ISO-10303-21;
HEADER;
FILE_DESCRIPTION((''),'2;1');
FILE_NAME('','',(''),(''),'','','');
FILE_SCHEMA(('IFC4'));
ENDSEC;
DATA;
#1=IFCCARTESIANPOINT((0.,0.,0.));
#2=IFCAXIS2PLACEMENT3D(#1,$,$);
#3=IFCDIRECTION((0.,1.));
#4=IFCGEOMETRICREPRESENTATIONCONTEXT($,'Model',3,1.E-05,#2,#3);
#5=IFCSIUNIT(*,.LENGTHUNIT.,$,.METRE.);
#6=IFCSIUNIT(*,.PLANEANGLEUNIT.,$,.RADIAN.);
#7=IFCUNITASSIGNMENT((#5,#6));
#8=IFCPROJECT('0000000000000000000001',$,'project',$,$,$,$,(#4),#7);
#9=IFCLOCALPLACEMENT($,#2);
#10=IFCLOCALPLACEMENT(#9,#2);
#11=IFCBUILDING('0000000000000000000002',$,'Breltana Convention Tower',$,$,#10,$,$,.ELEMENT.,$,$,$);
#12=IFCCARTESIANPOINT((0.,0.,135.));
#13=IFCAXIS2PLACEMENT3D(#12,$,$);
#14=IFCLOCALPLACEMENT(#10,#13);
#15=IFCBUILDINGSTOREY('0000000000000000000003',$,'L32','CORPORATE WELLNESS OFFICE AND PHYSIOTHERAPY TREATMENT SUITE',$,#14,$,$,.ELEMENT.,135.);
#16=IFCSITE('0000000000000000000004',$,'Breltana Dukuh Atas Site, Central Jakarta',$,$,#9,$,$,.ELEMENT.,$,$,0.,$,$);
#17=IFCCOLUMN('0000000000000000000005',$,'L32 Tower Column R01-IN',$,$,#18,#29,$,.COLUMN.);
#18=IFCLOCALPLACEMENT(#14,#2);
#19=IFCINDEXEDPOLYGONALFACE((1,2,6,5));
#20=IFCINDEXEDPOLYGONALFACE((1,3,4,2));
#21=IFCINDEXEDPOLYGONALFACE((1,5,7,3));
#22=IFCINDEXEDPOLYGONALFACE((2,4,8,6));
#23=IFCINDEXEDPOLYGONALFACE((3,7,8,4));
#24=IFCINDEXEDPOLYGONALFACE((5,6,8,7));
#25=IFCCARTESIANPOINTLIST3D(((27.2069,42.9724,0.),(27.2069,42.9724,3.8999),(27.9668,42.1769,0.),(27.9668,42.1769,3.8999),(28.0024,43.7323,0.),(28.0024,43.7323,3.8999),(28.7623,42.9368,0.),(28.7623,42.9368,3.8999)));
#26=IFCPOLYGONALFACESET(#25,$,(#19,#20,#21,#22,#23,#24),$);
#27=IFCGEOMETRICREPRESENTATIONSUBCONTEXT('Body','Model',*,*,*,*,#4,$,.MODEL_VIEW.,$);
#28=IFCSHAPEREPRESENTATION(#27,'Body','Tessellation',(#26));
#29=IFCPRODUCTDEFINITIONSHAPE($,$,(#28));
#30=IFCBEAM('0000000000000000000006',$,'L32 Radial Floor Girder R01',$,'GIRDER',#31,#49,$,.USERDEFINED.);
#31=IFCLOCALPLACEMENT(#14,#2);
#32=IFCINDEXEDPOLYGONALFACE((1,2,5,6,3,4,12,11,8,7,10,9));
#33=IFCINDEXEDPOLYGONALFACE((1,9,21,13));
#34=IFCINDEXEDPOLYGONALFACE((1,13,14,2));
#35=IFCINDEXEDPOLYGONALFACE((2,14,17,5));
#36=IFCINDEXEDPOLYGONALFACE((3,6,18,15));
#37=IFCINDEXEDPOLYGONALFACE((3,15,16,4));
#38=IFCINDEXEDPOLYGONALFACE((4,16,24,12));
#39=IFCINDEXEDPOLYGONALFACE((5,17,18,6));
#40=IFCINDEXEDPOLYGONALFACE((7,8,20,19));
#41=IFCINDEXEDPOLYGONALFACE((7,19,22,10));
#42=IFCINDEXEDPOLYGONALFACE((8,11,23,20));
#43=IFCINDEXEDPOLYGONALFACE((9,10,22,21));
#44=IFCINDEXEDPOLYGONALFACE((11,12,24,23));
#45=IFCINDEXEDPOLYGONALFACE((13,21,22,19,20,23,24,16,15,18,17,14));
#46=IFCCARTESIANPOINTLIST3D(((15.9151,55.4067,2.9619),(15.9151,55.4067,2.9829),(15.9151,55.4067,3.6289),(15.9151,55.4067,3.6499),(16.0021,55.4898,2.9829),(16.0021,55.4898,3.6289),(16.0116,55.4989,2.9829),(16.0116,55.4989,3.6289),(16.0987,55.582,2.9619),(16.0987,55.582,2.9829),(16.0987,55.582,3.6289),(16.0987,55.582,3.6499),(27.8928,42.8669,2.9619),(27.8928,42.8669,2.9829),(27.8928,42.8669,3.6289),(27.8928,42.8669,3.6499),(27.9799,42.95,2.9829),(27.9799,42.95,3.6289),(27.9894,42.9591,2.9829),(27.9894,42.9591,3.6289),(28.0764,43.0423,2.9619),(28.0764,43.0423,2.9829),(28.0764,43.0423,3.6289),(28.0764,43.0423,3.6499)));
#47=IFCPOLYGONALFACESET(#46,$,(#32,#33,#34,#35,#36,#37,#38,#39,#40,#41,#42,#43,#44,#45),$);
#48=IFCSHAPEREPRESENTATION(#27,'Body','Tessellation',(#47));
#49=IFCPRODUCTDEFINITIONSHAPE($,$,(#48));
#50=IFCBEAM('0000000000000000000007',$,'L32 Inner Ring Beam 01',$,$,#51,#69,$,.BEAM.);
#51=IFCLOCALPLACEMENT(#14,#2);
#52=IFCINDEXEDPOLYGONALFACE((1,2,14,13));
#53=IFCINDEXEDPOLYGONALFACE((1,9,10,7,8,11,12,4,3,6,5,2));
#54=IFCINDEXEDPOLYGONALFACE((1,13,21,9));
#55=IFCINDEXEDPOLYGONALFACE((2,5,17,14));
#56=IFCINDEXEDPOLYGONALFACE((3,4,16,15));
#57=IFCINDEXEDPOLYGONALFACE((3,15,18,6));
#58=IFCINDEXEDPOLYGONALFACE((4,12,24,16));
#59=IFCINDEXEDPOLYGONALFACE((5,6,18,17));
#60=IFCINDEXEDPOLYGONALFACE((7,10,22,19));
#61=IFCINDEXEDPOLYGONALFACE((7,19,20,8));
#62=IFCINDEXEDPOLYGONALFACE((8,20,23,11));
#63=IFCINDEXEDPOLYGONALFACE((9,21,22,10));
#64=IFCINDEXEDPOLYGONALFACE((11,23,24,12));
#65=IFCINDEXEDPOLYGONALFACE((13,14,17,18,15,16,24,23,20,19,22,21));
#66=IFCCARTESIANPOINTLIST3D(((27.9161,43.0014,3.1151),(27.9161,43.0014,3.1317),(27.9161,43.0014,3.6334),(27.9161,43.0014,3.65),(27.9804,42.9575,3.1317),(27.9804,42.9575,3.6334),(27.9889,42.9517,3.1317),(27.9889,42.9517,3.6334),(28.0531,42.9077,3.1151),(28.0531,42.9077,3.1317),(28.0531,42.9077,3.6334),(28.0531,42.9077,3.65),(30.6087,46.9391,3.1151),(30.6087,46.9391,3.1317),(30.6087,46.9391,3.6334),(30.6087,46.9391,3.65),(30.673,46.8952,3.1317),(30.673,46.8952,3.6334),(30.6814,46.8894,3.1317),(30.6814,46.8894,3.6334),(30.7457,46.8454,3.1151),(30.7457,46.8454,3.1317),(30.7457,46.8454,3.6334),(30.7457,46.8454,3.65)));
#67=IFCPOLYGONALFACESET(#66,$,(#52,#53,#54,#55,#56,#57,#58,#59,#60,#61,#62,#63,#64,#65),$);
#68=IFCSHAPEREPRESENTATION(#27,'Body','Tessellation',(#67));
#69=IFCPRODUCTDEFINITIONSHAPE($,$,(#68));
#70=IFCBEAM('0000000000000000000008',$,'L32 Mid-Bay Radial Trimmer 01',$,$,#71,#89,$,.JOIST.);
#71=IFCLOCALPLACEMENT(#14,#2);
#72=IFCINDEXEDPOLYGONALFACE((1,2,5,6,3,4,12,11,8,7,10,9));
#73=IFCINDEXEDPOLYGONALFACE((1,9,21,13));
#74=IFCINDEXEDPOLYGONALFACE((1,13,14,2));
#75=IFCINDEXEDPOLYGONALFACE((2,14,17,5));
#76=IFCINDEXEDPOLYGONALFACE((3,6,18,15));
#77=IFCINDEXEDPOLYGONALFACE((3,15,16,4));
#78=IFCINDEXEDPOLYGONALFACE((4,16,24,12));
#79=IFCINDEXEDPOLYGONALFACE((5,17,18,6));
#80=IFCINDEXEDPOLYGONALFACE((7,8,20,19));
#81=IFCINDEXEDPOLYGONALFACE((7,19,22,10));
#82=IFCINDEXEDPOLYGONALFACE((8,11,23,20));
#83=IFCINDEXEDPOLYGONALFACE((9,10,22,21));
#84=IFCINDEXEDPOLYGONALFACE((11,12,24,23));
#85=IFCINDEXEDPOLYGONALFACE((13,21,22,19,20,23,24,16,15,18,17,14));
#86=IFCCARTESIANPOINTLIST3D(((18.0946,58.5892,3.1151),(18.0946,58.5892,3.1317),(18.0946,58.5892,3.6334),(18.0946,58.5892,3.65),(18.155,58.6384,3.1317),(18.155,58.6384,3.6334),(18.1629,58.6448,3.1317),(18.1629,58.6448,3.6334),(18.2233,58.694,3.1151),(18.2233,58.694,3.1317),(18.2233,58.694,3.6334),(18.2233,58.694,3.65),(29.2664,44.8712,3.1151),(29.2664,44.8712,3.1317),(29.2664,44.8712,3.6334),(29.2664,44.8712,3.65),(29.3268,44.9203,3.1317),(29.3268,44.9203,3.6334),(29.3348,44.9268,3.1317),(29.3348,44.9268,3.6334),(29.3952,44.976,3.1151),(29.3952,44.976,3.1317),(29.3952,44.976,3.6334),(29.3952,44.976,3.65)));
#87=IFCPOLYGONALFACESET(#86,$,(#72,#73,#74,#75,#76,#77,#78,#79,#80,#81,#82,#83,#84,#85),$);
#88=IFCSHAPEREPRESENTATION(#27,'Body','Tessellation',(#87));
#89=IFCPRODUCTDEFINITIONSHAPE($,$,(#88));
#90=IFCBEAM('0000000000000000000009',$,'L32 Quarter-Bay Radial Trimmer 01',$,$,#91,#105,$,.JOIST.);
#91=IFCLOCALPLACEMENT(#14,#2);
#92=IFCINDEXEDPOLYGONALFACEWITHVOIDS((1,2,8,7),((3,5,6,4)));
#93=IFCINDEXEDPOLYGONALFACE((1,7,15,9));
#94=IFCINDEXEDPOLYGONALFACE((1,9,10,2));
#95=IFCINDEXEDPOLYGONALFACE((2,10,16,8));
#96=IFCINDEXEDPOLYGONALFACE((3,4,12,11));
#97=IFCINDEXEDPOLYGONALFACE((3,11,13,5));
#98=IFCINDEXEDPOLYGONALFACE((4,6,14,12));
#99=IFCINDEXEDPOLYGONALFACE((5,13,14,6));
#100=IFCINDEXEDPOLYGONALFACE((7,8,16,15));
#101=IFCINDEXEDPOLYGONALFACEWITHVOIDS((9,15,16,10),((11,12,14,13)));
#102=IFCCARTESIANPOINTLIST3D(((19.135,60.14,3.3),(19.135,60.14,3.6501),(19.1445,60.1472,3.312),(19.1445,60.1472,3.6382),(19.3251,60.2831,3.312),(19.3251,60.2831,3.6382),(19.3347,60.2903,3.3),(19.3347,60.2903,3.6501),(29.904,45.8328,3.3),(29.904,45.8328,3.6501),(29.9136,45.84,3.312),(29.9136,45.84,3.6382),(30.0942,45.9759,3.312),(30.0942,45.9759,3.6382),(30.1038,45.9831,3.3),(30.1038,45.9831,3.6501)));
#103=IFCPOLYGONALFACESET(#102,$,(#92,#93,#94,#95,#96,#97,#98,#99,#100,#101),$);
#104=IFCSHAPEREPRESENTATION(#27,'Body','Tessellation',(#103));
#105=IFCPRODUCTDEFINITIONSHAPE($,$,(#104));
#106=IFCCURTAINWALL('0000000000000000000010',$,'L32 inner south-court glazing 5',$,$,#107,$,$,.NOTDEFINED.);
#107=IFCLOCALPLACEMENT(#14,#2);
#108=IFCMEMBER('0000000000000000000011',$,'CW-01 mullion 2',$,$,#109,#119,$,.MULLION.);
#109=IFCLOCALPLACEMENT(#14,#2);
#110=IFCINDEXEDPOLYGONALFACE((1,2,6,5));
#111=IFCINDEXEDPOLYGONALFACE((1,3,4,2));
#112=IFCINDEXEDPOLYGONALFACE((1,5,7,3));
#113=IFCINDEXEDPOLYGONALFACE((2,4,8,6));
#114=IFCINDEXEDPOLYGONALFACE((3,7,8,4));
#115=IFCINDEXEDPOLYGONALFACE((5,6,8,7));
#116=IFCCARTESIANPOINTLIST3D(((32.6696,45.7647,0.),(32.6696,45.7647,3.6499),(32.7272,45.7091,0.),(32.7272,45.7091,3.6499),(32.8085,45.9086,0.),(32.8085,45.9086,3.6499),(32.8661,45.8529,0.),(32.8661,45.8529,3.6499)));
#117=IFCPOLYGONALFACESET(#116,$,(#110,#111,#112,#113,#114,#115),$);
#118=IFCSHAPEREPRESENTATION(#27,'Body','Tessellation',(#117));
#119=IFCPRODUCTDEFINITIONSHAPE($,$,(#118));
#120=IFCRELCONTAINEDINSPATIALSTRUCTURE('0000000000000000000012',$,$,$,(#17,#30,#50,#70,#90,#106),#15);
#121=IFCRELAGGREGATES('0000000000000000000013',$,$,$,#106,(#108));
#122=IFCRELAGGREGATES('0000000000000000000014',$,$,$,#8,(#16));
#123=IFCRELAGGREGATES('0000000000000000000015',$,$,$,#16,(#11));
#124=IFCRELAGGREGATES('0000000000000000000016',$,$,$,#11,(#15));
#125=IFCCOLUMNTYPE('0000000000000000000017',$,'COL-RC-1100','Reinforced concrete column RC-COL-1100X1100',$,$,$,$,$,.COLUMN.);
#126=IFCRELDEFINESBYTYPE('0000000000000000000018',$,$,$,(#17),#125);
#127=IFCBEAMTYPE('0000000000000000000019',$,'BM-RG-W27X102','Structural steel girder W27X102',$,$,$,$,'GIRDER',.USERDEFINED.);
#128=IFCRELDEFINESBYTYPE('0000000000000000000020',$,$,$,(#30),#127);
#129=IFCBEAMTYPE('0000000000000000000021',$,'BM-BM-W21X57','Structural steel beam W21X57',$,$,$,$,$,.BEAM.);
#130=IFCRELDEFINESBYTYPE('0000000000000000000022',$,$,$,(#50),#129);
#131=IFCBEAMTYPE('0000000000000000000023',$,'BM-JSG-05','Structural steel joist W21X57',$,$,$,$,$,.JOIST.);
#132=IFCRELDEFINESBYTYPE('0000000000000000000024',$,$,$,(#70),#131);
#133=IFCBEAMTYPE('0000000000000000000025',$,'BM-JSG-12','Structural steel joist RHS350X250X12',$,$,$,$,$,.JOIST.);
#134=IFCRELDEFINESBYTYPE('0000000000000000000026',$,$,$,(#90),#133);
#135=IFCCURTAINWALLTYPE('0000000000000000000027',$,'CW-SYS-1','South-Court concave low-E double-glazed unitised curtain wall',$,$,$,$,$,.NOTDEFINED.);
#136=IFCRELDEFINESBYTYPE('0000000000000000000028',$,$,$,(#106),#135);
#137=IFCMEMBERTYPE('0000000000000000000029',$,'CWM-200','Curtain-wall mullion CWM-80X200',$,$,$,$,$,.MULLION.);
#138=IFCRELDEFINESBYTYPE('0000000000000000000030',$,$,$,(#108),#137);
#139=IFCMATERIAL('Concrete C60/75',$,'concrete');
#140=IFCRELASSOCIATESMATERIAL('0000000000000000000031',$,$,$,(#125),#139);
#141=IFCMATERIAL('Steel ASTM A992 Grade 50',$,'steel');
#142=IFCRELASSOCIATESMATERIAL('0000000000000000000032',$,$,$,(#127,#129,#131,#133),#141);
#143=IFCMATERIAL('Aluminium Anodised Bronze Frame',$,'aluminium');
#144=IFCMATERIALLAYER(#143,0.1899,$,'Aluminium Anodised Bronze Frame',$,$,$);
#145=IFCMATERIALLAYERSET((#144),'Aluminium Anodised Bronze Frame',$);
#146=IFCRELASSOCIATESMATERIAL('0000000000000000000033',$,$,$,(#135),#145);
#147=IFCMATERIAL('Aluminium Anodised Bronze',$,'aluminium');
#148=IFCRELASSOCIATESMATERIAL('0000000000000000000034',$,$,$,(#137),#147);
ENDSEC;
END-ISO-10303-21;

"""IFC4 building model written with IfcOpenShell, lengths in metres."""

from ifc_helpers import new_model, si_unit, direction, frame, origin, origin_2d, place, context, subcontext, project, spatial, rectangle, hollow_rectangle, i_section, extrude, source, transform, mapped, material, layer, layer_set, material_profile, profile_set, type_object, type_shapes, element, aggregate, save


model = new_model("IFC4")

# Units and contexts
model_context = context("Model", 3, precision=1e-05, world=origin(), true_north=direction((0.0, 1.0)))
body_context = subcontext(model_context, "Body", "Model", "MODEL_VIEW")
ifc_project = project(units=[si_unit("LENGTHUNIT", "METRE"), si_unit("PLANEANGLEUNIT", "RADIAN")], contexts=[model_context])

# Site, building, storey
site_placement = place(None, origin())
site = spatial("IfcSite", under=ifc_project, at=site_placement, Name="Breltana Dukuh Atas Site, Central Jakarta", CompositionType="ELEMENT", RefElevation=0.0)
building_placement = place(site_placement, origin())
building = spatial("IfcBuilding", under=site, at=building_placement, Name="Breltana Convention Tower", CompositionType="ELEMENT")
storey_placement = place(building_placement, frame((0.0, 0.0, 135.0)))
storey = spatial("IfcBuildingStorey", under=building, at=storey_placement, Name="L32", Description="CORPORATE WELLNESS OFFICE AND PHYSIOTHERAPY TREATMENT SUITE", CompositionType="ELEMENT", Elevation=135.0)

# Column
ifc_material_1 = material(Name="Concrete C60/75", Category="concrete")
ifc_material_profile_1 = material_profile(ifc_material_1, rectangle(XDim=1.1001, YDim=1.1001, at=origin_2d()), Name="RC-COL-1100X1100")
ifc_profile_set_1 = profile_set([ifc_material_profile_1], Name="Concrete C60/75")
column_type = type_object("IfcColumnType", Name="COL-RC-1100", Description="Reinforced concrete column RC-COL-1100X1100", PredefinedType="COLUMN", material=ifc_profile_set_1)
shared_shape_1 = source(origin(), body_context, "Body", "SweptSolid", [
    extrude(rectangle(XDim=1.1001, YDim=1.1001, at=origin_2d()), origin(), (0.0, 0.0, 1.0), 3.8999),
])
column_placement = place(storey_placement, frame((27.9846, 42.9546, 0.0), z_axis=(0.0, 0.0, 1.0), x_axis=(-0.690756, 0.723088, 0.0)))
element("IfcColumn", 1, at=column_placement, inside=storey, type_object=column_type, Name="L32 Tower Column R01-IN", PredefinedType="COLUMN", context=body_context, shape_type="MappedRepresentation", body=[
    mapped(shared_shape_1, transform((0.0, 0.0, 0.0), scale=1.0)),
])

# Beams
ifc_material_2 = material(Name="Steel ASTM A992 Grade 50", Category="steel")
ifc_material_profile_2 = material_profile(ifc_material_2, i_section(OverallWidth=0.2539, OverallDepth=0.688, WebThickness=0.0132, FlangeThickness=0.021, at=origin_2d()), Name="W27X102")
ifc_profile_set_2 = profile_set([ifc_material_profile_2], Name="Steel ASTM A992 Grade 50")
beam_type_1 = type_object("IfcBeamType", Name="BM-RG-W27X102", Description="Structural steel girder W27X102", ElementType="GIRDER", PredefinedType="USERDEFINED", material=ifc_profile_set_2)
shared_shape_2 = source(origin(), body_context, "Body", "SweptSolid", [
    extrude(i_section(OverallWidth=0.2539, OverallDepth=0.688, WebThickness=0.0132, FlangeThickness=0.021, at=origin_2d()), origin(), (0.0, 0.0, 1.0), 17.3411),
])
type_shapes(beam_type_1, [shared_shape_2])
beam_1_placement = place(storey_placement, frame((27.9846, 42.9546, 3.3059), z_axis=(-0.690716, 0.723126, 0.0), x_axis=(-0.723126, -0.690716, 0.0)))
element("IfcBeam", 2, at=beam_1_placement, inside=storey, type_object=beam_type_1, Name="L32 Radial Floor Girder R01", ObjectType="GIRDER", PredefinedType="USERDEFINED", context=body_context, shape_type="MappedRepresentation", body=[
    mapped(shared_shape_2, transform((0.0, 0.0, 0.0), scale=1.0)),
])
ifc_material_profile_3 = material_profile(ifc_material_2, i_section(OverallWidth=0.166, OverallDepth=0.5349, WebThickness=0.0103, FlangeThickness=0.0166, at=origin_2d()), Name="W21X57")
ifc_profile_set_3 = profile_set([ifc_material_profile_3], Name="Steel ASTM A992 Grade 50")
beam_type_2 = type_object("IfcBeamType", Name="BM-BM-W21X57", Description="Structural steel beam W21X57", PredefinedType="BEAM", material=ifc_profile_set_3)
shared_shape_3 = source(origin(), body_context, "Body", "SweptSolid", [
    extrude(i_section(OverallWidth=0.166, OverallDepth=0.5349, WebThickness=0.0103, FlangeThickness=0.0166, at=origin_2d()), origin(), (0.0, 0.0, 1.0), 4.7703),
])
beam_2_placement = place(storey_placement, frame((27.9846, 42.9546, 3.3826), z_axis=(0.564453, 0.825465, 0.0), x_axis=(-0.825465, 0.564453, 0.0)))
element("IfcBeam", 3, at=beam_2_placement, inside=storey, type_object=beam_type_2, Name="L32 Inner Ring Beam 01", PredefinedType="BEAM", context=body_context, shape_type="MappedRepresentation", body=[
    mapped(shared_shape_3, transform((0.0, 0.0, 0.0), scale=1.0)),
])
ifc_material_profile_4 = material_profile(ifc_material_2, i_section(OverallWidth=0.166, OverallDepth=0.5349, WebThickness=0.0103, FlangeThickness=0.0166, at=origin_2d()), Name="W21X57")
ifc_profile_set_4 = profile_set([ifc_material_profile_4], Name="Steel ASTM A992 Grade 50")
beam_type_3 = type_object("IfcBeamType", Name="BM-JSG-05", Description="Structural steel joist W21X57", PredefinedType="JOIST", material=ifc_profile_set_4)
shared_shape_4 = source(origin(), body_context, "Body", "SweptSolid", [
    extrude(i_section(OverallWidth=0.166, OverallDepth=0.5349, WebThickness=0.0103, FlangeThickness=0.0166, at=origin_2d()), origin(), (0.0, 0.0, 1.0), 17.6917),
])
beam_3_placement = place(storey_placement, frame((29.3308, 44.9236, 3.3826), z_axis=(-0.631477, 0.775395, 0.0), x_axis=(-0.775395, -0.631477, 0.0)))
element("IfcBeam", 4, at=beam_3_placement, inside=storey, type_object=beam_type_3, Name="L32 Mid-Bay Radial Trimmer 01", PredefinedType="JOIST", context=body_context, shape_type="MappedRepresentation", body=[
    mapped(shared_shape_4, transform((0.0, 0.0, 0.0), scale=1.0)),
])
ifc_material_profile_5 = material_profile(ifc_material_2, hollow_rectangle(XDim=0.25, YDim=0.3501, WallThickness=0.012, at=origin_2d()), Name="RHS350X250X12")
ifc_profile_set_5 = profile_set([ifc_material_profile_5], Name="Steel ASTM A992 Grade 50")
beam_type_4 = type_object("IfcBeamType", Name="BM-JSG-12", Description="Structural steel joist RHS350X250X12", PredefinedType="JOIST", material=ifc_profile_set_5)
shared_shape_5 = source(origin(), body_context, "Body", "SweptSolid", [
    extrude(hollow_rectangle(XDim=0.25, YDim=0.3501, WallThickness=0.012, at=origin_2d()), origin(), (0.0, 0.0, 1.0), 17.9072),
])
beam_4_placement = place(storey_placement, frame((30.0039, 45.908, 3.4751), z_axis=(-0.601382, 0.798962, 0.0), x_axis=(-0.798962, -0.601382, 0.0)))
element("IfcBeam", 5, at=beam_4_placement, inside=storey, type_object=beam_type_4, Name="L32 Quarter-Bay Radial Trimmer 01", PredefinedType="JOIST", context=body_context, shape_type="MappedRepresentation", body=[
    mapped(shared_shape_5, transform((0.0, 0.0, 0.0), scale=1.0)),
])

# Curtain wall, member
ifc_material_3 = material(Name="Aluminium Anodised Bronze Frame", Category="aluminium")
ifc_layer_1 = layer(ifc_material_3, 0.1899, Name="Aluminium Anodised Bronze Frame")
ifc_layer_set_1 = layer_set([ifc_layer_1], Name="Aluminium Anodised Bronze Frame")
curtain_wall_type = type_object("IfcCurtainWallType", Name="CW-SYS-1", Description="South-Court concave low-E double-glazed unitised curtain wall", PredefinedType="NOTDEFINED", material=ifc_layer_set_1)
curtain_wall_placement = place(storey_placement, origin())
curtain_wall = element("IfcCurtainWall", 6, at=curtain_wall_placement, inside=storey, type_object=curtain_wall_type, Name="L32 inner south-court glazing 5", PredefinedType="NOTDEFINED")
ifc_material_4 = material(Name="Aluminium Anodised Bronze", Category="aluminium")
ifc_material_profile_6 = material_profile(ifc_material_4, rectangle(XDim=0.0801, YDim=0.2, at=origin_2d()), Name="CWM-80X200")
ifc_profile_set_6 = profile_set([ifc_material_profile_6], Name="Aluminium Anodised Bronze")
member_type = type_object("IfcMemberType", Name="CWM-200", Description="Curtain-wall mullion CWM-80X200", PredefinedType="MULLION", material=ifc_profile_set_6)
shared_shape_6 = source(origin(), body_context, "Body", "SweptSolid", [
    extrude(rectangle(XDim=0.0801, YDim=0.2, at=origin_2d()), origin(), (0.0, 0.0, 1.0), 3.6499),
])
member_placement = place(storey_placement, frame((32.7678, 45.8088, 0.0), z_axis=(0.0, 0.0, 1.0), x_axis=(0.719387, -0.694609, 0.0)))
member = element("IfcMember", 7, at=member_placement, type_object=member_type, Name="CW-01 mullion 2", PredefinedType="MULLION", context=body_context, shape_type="MappedRepresentation", body=[
    mapped(shared_shape_6, transform((0.0, 0.0, 0.0), scale=1.0)),
])
aggregate(curtain_wall, [member])

save(model, "model.ifc")
